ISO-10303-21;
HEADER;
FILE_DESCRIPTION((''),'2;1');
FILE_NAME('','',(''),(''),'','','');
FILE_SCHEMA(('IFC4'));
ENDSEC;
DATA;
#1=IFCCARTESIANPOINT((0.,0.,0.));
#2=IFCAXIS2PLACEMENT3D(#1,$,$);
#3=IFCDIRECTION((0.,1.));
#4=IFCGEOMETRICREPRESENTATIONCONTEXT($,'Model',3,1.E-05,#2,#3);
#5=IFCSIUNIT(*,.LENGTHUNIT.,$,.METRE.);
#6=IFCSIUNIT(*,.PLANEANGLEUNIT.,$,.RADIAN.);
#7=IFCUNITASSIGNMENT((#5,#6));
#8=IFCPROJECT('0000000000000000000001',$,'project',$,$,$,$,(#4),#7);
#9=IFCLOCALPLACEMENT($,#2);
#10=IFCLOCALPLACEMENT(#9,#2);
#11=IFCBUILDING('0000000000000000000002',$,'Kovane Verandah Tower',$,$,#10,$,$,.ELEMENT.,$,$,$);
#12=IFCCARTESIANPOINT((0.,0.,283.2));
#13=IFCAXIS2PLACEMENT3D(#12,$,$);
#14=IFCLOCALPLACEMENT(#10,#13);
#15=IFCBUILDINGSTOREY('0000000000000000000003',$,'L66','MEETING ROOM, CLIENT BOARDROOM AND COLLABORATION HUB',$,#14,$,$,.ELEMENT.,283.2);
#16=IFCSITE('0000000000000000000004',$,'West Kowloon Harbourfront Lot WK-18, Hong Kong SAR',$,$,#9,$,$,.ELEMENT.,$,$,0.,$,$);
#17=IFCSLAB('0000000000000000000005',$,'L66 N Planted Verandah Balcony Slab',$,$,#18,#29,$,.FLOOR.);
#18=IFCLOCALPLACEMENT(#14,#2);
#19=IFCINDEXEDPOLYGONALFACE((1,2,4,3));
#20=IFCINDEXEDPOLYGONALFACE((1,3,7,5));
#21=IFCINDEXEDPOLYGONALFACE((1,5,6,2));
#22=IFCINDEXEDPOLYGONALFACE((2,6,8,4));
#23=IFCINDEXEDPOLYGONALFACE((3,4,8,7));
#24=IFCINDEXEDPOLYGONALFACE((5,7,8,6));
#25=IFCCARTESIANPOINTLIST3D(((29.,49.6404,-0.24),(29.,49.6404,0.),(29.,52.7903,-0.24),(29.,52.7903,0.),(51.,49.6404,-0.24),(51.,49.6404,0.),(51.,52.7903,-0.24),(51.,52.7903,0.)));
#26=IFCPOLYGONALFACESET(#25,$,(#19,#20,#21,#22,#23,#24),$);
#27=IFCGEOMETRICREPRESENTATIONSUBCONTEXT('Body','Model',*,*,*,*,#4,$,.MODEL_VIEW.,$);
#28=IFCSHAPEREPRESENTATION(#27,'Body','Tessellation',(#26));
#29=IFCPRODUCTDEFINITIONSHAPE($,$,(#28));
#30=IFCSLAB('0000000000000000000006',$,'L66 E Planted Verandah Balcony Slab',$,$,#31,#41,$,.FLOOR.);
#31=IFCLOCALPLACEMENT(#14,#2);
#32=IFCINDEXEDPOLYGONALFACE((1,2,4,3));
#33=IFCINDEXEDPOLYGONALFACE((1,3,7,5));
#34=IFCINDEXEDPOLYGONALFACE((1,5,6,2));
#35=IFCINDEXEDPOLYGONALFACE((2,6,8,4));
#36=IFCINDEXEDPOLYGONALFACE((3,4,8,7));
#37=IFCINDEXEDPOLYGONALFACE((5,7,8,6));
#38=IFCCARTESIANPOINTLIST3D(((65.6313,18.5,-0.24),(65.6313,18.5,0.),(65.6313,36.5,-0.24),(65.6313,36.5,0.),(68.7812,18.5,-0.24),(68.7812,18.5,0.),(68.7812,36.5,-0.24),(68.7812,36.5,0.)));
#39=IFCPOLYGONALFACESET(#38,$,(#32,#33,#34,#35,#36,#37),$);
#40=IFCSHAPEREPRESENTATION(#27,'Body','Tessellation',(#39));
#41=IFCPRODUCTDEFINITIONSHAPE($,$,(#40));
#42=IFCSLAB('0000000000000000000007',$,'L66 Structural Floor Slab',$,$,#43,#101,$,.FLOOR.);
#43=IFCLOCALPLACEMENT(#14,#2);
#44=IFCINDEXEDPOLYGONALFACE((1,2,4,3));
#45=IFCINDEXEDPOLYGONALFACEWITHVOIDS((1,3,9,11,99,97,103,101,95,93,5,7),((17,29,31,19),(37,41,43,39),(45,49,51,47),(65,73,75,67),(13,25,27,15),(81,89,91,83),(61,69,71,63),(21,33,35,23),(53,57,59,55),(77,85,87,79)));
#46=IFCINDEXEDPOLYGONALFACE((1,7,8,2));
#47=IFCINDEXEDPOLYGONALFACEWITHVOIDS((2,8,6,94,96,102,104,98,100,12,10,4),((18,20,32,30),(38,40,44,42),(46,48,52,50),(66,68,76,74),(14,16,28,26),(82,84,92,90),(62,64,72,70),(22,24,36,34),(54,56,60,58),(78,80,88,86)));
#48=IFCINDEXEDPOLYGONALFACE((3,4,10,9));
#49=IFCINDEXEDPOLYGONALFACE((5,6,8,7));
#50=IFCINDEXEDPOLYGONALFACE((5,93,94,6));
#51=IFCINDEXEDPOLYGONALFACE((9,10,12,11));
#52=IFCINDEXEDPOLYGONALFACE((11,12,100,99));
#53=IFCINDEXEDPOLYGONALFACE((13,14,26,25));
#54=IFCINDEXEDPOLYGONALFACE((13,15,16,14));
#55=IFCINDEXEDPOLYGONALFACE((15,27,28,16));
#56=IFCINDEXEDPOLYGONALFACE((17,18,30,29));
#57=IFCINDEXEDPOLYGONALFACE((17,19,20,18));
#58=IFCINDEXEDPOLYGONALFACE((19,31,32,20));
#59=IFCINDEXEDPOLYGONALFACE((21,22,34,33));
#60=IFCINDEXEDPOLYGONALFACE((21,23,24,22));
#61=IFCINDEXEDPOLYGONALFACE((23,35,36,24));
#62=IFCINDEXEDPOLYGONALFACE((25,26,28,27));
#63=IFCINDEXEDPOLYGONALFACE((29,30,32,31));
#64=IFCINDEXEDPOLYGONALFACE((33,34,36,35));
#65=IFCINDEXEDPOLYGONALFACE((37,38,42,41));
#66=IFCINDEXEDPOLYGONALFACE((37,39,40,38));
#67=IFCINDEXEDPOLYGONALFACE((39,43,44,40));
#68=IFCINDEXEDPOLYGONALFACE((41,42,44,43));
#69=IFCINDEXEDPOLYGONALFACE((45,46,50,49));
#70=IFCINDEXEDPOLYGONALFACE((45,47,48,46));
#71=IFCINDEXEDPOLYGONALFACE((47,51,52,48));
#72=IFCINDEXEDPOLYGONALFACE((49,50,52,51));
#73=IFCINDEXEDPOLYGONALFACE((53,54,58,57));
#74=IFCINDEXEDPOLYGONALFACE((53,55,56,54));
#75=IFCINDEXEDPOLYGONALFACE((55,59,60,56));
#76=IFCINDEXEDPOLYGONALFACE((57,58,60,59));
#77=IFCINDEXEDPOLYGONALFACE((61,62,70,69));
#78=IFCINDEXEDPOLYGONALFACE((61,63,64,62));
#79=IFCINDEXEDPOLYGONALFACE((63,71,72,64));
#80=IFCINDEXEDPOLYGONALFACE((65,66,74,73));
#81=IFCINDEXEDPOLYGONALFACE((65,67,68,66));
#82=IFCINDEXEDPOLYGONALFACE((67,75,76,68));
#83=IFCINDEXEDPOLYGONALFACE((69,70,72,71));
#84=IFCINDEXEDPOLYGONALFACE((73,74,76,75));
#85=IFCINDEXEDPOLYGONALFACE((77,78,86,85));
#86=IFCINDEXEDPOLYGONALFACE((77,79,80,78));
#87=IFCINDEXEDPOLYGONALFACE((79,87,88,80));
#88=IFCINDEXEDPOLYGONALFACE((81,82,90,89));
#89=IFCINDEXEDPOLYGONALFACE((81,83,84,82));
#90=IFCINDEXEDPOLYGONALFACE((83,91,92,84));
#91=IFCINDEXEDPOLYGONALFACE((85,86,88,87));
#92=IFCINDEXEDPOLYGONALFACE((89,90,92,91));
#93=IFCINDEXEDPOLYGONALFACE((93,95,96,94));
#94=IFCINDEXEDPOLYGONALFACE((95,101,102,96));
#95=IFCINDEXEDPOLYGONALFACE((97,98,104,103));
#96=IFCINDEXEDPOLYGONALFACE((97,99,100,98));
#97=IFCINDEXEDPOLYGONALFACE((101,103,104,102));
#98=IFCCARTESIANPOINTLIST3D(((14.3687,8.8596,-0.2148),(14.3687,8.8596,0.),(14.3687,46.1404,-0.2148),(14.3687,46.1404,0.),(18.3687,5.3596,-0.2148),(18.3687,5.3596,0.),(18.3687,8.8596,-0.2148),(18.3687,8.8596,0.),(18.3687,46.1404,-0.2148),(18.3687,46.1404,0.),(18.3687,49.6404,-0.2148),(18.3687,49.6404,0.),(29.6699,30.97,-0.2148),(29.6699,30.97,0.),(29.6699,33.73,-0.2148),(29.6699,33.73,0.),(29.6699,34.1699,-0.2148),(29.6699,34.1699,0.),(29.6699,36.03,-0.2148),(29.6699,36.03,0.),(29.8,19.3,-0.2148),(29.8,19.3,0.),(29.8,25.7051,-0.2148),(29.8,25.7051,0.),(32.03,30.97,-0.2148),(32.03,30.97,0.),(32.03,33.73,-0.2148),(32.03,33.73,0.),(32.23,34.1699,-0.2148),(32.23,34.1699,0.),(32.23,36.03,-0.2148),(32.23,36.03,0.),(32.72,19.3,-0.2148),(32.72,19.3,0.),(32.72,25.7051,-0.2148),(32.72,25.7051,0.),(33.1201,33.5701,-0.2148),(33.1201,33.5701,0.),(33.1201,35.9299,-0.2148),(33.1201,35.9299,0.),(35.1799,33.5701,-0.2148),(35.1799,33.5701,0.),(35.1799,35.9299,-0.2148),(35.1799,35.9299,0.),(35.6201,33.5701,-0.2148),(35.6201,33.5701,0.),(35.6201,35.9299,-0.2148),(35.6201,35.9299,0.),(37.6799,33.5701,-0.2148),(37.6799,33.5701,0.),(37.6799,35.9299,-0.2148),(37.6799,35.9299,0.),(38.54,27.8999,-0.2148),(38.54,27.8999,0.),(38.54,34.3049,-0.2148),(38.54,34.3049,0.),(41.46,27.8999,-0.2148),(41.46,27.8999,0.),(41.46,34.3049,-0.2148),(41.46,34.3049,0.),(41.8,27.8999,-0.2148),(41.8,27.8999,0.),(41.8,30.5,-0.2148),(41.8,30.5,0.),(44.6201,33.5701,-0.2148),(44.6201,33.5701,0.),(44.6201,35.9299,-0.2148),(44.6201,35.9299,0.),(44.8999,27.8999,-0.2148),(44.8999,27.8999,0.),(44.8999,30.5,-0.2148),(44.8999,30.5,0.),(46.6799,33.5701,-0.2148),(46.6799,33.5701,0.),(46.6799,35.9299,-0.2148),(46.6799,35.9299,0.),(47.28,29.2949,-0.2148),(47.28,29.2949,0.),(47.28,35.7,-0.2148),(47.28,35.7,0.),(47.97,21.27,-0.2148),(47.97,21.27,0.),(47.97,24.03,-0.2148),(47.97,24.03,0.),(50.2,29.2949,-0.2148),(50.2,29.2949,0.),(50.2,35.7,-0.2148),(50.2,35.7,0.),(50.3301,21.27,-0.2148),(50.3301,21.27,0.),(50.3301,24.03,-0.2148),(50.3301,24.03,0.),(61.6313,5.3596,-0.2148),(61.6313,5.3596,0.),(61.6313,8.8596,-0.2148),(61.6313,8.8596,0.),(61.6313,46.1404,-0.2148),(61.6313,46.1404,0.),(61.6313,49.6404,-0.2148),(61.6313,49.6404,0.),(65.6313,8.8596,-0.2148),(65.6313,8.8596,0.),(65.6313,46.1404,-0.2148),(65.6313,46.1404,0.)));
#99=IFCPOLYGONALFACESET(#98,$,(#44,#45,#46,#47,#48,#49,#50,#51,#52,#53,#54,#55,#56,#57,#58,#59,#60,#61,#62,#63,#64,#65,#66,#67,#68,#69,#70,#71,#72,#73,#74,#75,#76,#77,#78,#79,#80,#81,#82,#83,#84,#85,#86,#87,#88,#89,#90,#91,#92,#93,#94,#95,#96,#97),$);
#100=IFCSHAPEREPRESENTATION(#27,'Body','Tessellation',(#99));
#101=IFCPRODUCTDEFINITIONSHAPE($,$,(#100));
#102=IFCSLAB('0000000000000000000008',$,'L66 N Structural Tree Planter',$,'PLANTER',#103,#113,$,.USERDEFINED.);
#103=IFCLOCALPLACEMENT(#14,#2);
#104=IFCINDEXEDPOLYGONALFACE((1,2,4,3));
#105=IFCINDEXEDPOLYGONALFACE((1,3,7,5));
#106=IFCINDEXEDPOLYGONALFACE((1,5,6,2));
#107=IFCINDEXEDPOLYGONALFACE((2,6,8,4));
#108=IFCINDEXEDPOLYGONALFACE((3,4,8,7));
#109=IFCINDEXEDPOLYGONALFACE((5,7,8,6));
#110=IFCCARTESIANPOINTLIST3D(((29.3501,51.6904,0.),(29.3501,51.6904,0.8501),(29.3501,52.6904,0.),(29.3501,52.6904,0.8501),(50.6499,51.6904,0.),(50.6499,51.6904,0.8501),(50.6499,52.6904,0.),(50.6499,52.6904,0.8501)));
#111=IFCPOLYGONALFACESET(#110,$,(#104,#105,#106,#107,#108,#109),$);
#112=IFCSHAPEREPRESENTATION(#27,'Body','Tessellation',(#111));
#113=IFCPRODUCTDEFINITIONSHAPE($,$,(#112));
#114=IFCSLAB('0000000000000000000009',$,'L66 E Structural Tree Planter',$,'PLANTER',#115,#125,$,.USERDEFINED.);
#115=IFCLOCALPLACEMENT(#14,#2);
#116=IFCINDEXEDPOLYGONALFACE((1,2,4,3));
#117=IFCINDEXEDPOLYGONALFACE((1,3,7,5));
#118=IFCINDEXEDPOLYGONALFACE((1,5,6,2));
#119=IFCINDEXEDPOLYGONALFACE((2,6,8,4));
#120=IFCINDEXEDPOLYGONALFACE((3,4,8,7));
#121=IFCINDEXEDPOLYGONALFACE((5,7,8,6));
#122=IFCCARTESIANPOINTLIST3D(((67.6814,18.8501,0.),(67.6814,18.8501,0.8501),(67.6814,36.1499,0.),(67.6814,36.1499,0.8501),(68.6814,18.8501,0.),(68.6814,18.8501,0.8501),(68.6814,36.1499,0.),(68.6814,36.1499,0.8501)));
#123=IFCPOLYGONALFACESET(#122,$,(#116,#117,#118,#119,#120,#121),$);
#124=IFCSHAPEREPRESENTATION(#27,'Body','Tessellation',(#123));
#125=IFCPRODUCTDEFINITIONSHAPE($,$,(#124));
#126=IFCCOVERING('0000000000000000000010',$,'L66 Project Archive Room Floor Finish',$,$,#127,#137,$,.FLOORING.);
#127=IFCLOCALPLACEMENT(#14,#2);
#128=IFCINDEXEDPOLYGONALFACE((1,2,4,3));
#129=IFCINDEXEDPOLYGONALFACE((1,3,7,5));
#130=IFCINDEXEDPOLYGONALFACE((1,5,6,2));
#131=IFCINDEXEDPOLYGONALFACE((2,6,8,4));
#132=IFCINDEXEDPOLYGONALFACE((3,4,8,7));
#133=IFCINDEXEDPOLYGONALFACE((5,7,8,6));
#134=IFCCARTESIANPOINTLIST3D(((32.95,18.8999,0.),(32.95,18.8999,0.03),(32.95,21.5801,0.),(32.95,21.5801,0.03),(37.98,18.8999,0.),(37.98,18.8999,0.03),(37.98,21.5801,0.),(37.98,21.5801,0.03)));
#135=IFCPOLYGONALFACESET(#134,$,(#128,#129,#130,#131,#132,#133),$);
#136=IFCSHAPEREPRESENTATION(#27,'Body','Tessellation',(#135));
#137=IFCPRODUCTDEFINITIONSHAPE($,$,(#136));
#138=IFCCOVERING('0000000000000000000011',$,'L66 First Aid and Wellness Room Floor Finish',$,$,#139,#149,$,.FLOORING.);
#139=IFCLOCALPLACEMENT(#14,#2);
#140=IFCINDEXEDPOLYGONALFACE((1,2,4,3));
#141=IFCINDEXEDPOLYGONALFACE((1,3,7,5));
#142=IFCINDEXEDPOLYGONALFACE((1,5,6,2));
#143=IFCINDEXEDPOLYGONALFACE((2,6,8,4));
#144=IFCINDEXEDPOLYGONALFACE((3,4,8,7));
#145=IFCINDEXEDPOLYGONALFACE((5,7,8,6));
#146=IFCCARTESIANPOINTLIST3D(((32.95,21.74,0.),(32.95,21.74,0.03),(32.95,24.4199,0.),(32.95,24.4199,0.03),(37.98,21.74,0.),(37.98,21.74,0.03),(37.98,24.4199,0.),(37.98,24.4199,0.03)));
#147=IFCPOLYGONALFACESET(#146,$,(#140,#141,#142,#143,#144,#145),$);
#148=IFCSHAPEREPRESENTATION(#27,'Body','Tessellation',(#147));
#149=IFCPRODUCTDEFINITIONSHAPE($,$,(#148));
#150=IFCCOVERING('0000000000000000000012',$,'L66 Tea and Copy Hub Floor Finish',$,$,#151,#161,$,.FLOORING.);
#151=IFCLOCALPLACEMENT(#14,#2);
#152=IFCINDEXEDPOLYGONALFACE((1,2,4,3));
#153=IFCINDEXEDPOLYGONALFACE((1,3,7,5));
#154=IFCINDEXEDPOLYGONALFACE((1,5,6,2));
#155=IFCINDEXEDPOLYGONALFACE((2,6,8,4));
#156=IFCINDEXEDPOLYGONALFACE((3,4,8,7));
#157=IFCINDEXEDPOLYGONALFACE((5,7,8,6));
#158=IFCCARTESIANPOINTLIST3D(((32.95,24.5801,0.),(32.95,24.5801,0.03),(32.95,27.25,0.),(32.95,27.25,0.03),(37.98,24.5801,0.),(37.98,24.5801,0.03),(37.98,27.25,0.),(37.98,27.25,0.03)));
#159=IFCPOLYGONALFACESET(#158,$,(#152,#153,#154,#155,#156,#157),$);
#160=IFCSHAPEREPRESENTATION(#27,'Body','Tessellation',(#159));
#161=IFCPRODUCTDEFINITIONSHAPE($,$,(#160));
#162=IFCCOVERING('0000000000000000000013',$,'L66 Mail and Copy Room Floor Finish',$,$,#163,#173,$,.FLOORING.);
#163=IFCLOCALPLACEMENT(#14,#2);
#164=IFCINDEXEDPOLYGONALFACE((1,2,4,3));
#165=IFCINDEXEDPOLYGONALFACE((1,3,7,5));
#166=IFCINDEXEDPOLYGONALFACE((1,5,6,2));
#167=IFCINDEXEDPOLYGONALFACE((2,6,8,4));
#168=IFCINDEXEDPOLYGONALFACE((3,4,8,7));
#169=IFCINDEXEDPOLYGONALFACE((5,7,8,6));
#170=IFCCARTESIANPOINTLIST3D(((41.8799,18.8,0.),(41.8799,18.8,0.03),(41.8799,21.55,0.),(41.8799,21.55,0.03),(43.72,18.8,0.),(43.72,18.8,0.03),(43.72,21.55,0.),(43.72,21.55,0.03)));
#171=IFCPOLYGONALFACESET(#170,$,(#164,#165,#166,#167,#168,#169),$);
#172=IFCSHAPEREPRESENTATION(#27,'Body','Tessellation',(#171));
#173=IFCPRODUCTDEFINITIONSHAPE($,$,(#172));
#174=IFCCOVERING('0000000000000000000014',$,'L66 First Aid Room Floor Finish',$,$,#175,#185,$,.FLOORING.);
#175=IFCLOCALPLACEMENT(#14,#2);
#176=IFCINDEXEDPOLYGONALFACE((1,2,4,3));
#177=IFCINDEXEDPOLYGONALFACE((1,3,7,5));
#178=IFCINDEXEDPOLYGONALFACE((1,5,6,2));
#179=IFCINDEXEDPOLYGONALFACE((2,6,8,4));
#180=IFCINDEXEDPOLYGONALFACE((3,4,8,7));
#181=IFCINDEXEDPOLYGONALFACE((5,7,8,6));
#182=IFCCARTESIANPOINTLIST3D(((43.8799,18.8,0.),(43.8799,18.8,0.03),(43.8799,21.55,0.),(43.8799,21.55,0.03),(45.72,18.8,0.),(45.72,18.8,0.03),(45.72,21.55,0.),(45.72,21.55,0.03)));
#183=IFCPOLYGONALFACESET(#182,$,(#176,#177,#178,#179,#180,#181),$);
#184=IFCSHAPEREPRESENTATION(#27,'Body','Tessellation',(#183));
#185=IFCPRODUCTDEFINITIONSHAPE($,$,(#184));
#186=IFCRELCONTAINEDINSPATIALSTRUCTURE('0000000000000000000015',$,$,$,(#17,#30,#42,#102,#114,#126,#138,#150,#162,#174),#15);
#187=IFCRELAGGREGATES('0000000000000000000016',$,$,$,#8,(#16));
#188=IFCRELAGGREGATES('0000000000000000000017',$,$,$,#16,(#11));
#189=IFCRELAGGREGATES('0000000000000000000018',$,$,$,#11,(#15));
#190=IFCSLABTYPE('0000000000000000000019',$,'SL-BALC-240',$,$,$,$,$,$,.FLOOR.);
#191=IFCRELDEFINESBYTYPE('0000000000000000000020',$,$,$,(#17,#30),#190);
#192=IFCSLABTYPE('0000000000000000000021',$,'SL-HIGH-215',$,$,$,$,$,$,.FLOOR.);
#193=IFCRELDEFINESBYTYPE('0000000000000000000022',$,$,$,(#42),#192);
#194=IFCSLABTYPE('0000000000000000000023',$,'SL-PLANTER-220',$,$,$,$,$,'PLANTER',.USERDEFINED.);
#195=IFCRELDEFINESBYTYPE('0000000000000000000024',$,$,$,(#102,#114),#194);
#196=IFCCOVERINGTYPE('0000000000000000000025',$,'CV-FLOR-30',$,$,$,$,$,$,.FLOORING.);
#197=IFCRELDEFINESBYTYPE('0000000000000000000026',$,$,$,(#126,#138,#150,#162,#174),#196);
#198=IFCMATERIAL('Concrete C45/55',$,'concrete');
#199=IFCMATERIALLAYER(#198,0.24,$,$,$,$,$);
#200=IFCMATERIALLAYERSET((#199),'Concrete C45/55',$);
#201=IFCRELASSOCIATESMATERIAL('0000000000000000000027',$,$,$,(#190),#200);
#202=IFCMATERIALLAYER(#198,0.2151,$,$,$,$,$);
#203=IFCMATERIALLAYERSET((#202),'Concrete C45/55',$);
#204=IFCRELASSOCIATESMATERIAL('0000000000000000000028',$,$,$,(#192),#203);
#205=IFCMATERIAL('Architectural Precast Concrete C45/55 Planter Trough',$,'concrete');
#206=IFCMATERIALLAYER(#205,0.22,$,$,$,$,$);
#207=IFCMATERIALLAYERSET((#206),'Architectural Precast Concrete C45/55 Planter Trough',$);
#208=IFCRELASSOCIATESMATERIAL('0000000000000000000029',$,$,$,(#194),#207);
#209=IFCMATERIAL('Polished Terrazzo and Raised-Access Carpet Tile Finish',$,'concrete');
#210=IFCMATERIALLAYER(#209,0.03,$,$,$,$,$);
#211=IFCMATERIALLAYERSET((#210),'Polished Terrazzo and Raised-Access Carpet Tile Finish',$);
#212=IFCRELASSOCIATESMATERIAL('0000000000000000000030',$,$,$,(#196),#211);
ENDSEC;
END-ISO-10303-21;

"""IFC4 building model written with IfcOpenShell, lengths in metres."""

from ifc_helpers import new_model, si_unit, direction, frame, origin, place, context, subcontext, project, spatial, polyline, outline, extrude, material, layer, layer_set, type_object, element, save


model = new_model("IFC4")

# Units and contexts
model_context = context("Model", 3, precision=1e-05, world=origin(), true_north=direction((0.0, 1.0)))
body_context = subcontext(model_context, "Body", "Model", "MODEL_VIEW")
ifc_project = project(units=[si_unit("LENGTHUNIT", "METRE"), si_unit("PLANEANGLEUNIT", "RADIAN")], contexts=[model_context])

# Site, building, storey
site_placement = place(None, origin())
site = spatial("IfcSite", under=ifc_project, at=site_placement, Name="West Kowloon Harbourfront Lot WK-18, Hong Kong SAR", CompositionType="ELEMENT", RefElevation=0.0)
building_placement = place(site_placement, origin())
building = spatial("IfcBuilding", under=site, at=building_placement, Name="Kovane Verandah Tower", CompositionType="ELEMENT")
storey_placement = place(building_placement, frame((0.0, 0.0, 283.2)))
storey = spatial("IfcBuildingStorey", under=building, at=storey_placement, Name="L66", Description="MEETING ROOM, CLIENT BOARDROOM AND COLLABORATION HUB", CompositionType="ELEMENT", Elevation=283.2)

# Slabs
ifc_material_1 = material(Name="Concrete C45/55", Category="concrete")
ifc_layer_1 = layer(ifc_material_1, 0.24)
ifc_layer_set_1 = layer_set([ifc_layer_1], Name="Concrete C45/55")
slab_type_1 = type_object("IfcSlabType", Name="SL-BALC-240", PredefinedType="FLOOR", material=ifc_layer_set_1)
slab_1_placement = place(storey_placement, frame((0.0, 0.0, -0.24)))
element("IfcSlab", 1, at=slab_1_placement, inside=storey, type_object=slab_type_1, Name="L66 N Planted Verandah Balcony Slab", PredefinedType="FLOOR", context=body_context, shape_type="SweptSolid", body=[
    extrude(outline(polyline([(29.0, 49.6404), (51.0, 49.6404), (51.0, 52.7903), (29.0, 52.7903), (29.0, 49.6404)])), origin(), (0.0, 0.0, 1.0), 0.24),
])
slab_2_placement = place(storey_placement, frame((0.0, 0.0, -0.24)))
element("IfcSlab", 2, at=slab_2_placement, inside=storey, type_object=slab_type_1, Name="L66 E Planted Verandah Balcony Slab", PredefinedType="FLOOR", context=body_context, shape_type="SweptSolid", body=[
    extrude(outline(polyline([(65.6313, 18.5), (68.7812, 18.5), (68.7812, 36.5), (65.6313, 36.5), (65.6313, 18.5)])), origin(), (0.0, 0.0, 1.0), 0.24),
])
ifc_layer_2 = layer(ifc_material_1, 0.2151)
ifc_layer_set_2 = layer_set([ifc_layer_2], Name="Concrete C45/55")
slab_type_2 = type_object("IfcSlabType", Name="SL-HIGH-215", PredefinedType="FLOOR", material=ifc_layer_set_2)
slab_3_placement = place(storey_placement, frame((0.0, 0.0, -0.2148)))
element("IfcSlab", 3, at=slab_3_placement, inside=storey, type_object=slab_type_2, Name="L66 Structural Floor Slab", PredefinedType="FLOOR", context=body_context, shape_type="SweptSolid", body=[
    extrude(outline(polyline([(18.3687, 5.3596), (61.6313, 5.3596), (61.6313, 8.8596), (65.6313, 8.8596), (65.6313, 46.1404), (61.6313, 46.1404), (61.6313, 49.6404), (18.3687, 49.6404), (18.3687, 46.1404), (14.3687, 46.1404), (14.3687, 8.8596), (18.3687, 8.8596), (18.3687, 5.3596)]), holes=[polyline([(29.8, 19.3), (32.72, 19.3), (32.72, 25.7051), (29.8, 25.7051), (29.8, 19.3)]), polyline([(47.28, 29.2949), (50.2, 29.2949), (50.2, 35.7), (47.28, 35.7), (47.28, 29.2949)]), polyline([(38.54, 27.8999), (41.46, 27.8999), (41.46, 34.3049), (38.54, 34.3049), (38.54, 27.8999)]), polyline([(29.6699, 30.97), (32.03, 30.97), (32.03, 33.73), (29.6699, 33.73), (29.6699, 30.97)]), polyline([(47.97, 21.27), (50.3301, 21.27), (50.3301, 24.03), (47.97, 24.03), (47.97, 21.27)]), polyline([(29.6699, 34.1699), (32.23, 34.1699), (32.23, 36.03), (29.6699, 36.03), (29.6699, 34.1699)]), polyline([(33.1201, 33.5701), (35.1799, 33.5701), (35.1799, 35.9299), (33.1201, 35.9299), (33.1201, 33.5701)]), polyline([(35.6201, 33.5701), (37.6799, 33.5701), (37.6799, 35.9299), (35.6201, 35.9299), (35.6201, 33.5701)]), polyline([(44.6201, 33.5701), (46.6799, 33.5701), (46.6799, 35.9299), (44.6201, 35.9299), (44.6201, 33.5701)]), polyline([(41.8, 27.8999), (44.8999, 27.8999), (44.8999, 30.5), (41.8, 30.5), (41.8, 27.8999)])]), origin(), (0.0, 0.0, 1.0), 0.2148),
])
ifc_material_2 = material(Name="Architectural Precast Concrete C45/55 Planter Trough", Category="concrete")
ifc_layer_3 = layer(ifc_material_2, 0.22)
ifc_layer_set_3 = layer_set([ifc_layer_3], Name="Architectural Precast Concrete C45/55 Planter Trough")
slab_type_3 = type_object("IfcSlabType", Name="SL-PLANTER-220", ElementType="PLANTER", PredefinedType="USERDEFINED", material=ifc_layer_set_3)
slab_4_placement = place(storey_placement, origin())
element("IfcSlab", 4, at=slab_4_placement, inside=storey, type_object=slab_type_3, Name="L66 N Structural Tree Planter", ObjectType="PLANTER", PredefinedType="USERDEFINED", context=body_context, shape_type="SweptSolid", body=[
    extrude(outline(polyline([(29.3501, 51.6904), (50.6499, 51.6904), (50.6499, 52.6904), (29.3501, 52.6904), (29.3501, 51.6904)])), origin(), (0.0, 0.0, 1.0), 0.8501),
])
slab_5_placement = place(storey_placement, origin())
element("IfcSlab", 5, at=slab_5_placement, inside=storey, type_object=slab_type_3, Name="L66 E Structural Tree Planter", ObjectType="PLANTER", PredefinedType="USERDEFINED", context=body_context, shape_type="SweptSolid", body=[
    extrude(outline(polyline([(67.6814, 18.8501), (68.6814, 18.8501), (68.6814, 36.1499), (67.6814, 36.1499), (67.6814, 18.8501)])), origin(), (0.0, 0.0, 1.0), 0.8501),
])

# Coverings
ifc_material_3 = material(Name="Polished Terrazzo and Raised-Access Carpet Tile Finish", Category="concrete")
ifc_layer_4 = layer(ifc_material_3, 0.03)
ifc_layer_set_4 = layer_set([ifc_layer_4], Name="Polished Terrazzo and Raised-Access Carpet Tile Finish")
covering_type = type_object("IfcCoveringType", Name="CV-FLOR-30", PredefinedType="FLOORING", material=ifc_layer_set_4)
covering_1_placement = place(storey_placement, origin())
element("IfcCovering", 6, at=covering_1_placement, inside=storey, type_object=covering_type, Name="L66 Project Archive Room Floor Finish", PredefinedType="FLOORING", context=body_context, shape_type="SweptSolid", body=[
    extrude(outline(polyline([(32.95, 18.8999), (37.98, 18.8999), (37.98, 21.5801), (32.95, 21.5801), (32.95, 18.8999)])), origin(), (0.0, 0.0, 1.0), 0.03),
])
covering_2_placement = place(storey_placement, origin())
element("IfcCovering", 7, at=covering_2_placement, inside=storey, type_object=covering_type, Name="L66 First Aid and Wellness Room Floor Finish", PredefinedType="FLOORING", context=body_context, shape_type="SweptSolid", body=[
    extrude(outline(polyline([(32.95, 21.74), (37.98, 21.74), (37.98, 24.4199), (32.95, 24.4199), (32.95, 21.74)])), origin(), (0.0, 0.0, 1.0), 0.03),
])
covering_3_placement = place(storey_placement, origin())
element("IfcCovering", 8, at=covering_3_placement, inside=storey, type_object=covering_type, Name="L66 Tea and Copy Hub Floor Finish", PredefinedType="FLOORING", context=body_context, shape_type="SweptSolid", body=[
    extrude(outline(polyline([(32.95, 24.5801), (37.98, 24.5801), (37.98, 27.25), (32.95, 27.25), (32.95, 24.5801)])), origin(), (0.0, 0.0, 1.0), 0.03),
])
covering_4_placement = place(storey_placement, origin())
element("IfcCovering", 9, at=covering_4_placement, inside=storey, type_object=covering_type, Name="L66 Mail and Copy Room Floor Finish", PredefinedType="FLOORING", context=body_context, shape_type="SweptSolid", body=[
    extrude(outline(polyline([(41.8799, 18.8), (43.72, 18.8), (43.72, 21.55), (41.8799, 21.55), (41.8799, 18.8)])), origin(), (0.0, 0.0, 1.0), 0.03),
])
covering_5_placement = place(storey_placement, origin())
element("IfcCovering", 10, at=covering_5_placement, inside=storey, type_object=covering_type, Name="L66 First Aid Room Floor Finish", PredefinedType="FLOORING", context=body_context, shape_type="SweptSolid", body=[
    extrude(outline(polyline([(43.8799, 18.8), (45.72, 18.8), (45.72, 21.55), (43.8799, 21.55), (43.8799, 18.8)])), origin(), (0.0, 0.0, 1.0), 0.03),
])

save(model, "model.ifc")
